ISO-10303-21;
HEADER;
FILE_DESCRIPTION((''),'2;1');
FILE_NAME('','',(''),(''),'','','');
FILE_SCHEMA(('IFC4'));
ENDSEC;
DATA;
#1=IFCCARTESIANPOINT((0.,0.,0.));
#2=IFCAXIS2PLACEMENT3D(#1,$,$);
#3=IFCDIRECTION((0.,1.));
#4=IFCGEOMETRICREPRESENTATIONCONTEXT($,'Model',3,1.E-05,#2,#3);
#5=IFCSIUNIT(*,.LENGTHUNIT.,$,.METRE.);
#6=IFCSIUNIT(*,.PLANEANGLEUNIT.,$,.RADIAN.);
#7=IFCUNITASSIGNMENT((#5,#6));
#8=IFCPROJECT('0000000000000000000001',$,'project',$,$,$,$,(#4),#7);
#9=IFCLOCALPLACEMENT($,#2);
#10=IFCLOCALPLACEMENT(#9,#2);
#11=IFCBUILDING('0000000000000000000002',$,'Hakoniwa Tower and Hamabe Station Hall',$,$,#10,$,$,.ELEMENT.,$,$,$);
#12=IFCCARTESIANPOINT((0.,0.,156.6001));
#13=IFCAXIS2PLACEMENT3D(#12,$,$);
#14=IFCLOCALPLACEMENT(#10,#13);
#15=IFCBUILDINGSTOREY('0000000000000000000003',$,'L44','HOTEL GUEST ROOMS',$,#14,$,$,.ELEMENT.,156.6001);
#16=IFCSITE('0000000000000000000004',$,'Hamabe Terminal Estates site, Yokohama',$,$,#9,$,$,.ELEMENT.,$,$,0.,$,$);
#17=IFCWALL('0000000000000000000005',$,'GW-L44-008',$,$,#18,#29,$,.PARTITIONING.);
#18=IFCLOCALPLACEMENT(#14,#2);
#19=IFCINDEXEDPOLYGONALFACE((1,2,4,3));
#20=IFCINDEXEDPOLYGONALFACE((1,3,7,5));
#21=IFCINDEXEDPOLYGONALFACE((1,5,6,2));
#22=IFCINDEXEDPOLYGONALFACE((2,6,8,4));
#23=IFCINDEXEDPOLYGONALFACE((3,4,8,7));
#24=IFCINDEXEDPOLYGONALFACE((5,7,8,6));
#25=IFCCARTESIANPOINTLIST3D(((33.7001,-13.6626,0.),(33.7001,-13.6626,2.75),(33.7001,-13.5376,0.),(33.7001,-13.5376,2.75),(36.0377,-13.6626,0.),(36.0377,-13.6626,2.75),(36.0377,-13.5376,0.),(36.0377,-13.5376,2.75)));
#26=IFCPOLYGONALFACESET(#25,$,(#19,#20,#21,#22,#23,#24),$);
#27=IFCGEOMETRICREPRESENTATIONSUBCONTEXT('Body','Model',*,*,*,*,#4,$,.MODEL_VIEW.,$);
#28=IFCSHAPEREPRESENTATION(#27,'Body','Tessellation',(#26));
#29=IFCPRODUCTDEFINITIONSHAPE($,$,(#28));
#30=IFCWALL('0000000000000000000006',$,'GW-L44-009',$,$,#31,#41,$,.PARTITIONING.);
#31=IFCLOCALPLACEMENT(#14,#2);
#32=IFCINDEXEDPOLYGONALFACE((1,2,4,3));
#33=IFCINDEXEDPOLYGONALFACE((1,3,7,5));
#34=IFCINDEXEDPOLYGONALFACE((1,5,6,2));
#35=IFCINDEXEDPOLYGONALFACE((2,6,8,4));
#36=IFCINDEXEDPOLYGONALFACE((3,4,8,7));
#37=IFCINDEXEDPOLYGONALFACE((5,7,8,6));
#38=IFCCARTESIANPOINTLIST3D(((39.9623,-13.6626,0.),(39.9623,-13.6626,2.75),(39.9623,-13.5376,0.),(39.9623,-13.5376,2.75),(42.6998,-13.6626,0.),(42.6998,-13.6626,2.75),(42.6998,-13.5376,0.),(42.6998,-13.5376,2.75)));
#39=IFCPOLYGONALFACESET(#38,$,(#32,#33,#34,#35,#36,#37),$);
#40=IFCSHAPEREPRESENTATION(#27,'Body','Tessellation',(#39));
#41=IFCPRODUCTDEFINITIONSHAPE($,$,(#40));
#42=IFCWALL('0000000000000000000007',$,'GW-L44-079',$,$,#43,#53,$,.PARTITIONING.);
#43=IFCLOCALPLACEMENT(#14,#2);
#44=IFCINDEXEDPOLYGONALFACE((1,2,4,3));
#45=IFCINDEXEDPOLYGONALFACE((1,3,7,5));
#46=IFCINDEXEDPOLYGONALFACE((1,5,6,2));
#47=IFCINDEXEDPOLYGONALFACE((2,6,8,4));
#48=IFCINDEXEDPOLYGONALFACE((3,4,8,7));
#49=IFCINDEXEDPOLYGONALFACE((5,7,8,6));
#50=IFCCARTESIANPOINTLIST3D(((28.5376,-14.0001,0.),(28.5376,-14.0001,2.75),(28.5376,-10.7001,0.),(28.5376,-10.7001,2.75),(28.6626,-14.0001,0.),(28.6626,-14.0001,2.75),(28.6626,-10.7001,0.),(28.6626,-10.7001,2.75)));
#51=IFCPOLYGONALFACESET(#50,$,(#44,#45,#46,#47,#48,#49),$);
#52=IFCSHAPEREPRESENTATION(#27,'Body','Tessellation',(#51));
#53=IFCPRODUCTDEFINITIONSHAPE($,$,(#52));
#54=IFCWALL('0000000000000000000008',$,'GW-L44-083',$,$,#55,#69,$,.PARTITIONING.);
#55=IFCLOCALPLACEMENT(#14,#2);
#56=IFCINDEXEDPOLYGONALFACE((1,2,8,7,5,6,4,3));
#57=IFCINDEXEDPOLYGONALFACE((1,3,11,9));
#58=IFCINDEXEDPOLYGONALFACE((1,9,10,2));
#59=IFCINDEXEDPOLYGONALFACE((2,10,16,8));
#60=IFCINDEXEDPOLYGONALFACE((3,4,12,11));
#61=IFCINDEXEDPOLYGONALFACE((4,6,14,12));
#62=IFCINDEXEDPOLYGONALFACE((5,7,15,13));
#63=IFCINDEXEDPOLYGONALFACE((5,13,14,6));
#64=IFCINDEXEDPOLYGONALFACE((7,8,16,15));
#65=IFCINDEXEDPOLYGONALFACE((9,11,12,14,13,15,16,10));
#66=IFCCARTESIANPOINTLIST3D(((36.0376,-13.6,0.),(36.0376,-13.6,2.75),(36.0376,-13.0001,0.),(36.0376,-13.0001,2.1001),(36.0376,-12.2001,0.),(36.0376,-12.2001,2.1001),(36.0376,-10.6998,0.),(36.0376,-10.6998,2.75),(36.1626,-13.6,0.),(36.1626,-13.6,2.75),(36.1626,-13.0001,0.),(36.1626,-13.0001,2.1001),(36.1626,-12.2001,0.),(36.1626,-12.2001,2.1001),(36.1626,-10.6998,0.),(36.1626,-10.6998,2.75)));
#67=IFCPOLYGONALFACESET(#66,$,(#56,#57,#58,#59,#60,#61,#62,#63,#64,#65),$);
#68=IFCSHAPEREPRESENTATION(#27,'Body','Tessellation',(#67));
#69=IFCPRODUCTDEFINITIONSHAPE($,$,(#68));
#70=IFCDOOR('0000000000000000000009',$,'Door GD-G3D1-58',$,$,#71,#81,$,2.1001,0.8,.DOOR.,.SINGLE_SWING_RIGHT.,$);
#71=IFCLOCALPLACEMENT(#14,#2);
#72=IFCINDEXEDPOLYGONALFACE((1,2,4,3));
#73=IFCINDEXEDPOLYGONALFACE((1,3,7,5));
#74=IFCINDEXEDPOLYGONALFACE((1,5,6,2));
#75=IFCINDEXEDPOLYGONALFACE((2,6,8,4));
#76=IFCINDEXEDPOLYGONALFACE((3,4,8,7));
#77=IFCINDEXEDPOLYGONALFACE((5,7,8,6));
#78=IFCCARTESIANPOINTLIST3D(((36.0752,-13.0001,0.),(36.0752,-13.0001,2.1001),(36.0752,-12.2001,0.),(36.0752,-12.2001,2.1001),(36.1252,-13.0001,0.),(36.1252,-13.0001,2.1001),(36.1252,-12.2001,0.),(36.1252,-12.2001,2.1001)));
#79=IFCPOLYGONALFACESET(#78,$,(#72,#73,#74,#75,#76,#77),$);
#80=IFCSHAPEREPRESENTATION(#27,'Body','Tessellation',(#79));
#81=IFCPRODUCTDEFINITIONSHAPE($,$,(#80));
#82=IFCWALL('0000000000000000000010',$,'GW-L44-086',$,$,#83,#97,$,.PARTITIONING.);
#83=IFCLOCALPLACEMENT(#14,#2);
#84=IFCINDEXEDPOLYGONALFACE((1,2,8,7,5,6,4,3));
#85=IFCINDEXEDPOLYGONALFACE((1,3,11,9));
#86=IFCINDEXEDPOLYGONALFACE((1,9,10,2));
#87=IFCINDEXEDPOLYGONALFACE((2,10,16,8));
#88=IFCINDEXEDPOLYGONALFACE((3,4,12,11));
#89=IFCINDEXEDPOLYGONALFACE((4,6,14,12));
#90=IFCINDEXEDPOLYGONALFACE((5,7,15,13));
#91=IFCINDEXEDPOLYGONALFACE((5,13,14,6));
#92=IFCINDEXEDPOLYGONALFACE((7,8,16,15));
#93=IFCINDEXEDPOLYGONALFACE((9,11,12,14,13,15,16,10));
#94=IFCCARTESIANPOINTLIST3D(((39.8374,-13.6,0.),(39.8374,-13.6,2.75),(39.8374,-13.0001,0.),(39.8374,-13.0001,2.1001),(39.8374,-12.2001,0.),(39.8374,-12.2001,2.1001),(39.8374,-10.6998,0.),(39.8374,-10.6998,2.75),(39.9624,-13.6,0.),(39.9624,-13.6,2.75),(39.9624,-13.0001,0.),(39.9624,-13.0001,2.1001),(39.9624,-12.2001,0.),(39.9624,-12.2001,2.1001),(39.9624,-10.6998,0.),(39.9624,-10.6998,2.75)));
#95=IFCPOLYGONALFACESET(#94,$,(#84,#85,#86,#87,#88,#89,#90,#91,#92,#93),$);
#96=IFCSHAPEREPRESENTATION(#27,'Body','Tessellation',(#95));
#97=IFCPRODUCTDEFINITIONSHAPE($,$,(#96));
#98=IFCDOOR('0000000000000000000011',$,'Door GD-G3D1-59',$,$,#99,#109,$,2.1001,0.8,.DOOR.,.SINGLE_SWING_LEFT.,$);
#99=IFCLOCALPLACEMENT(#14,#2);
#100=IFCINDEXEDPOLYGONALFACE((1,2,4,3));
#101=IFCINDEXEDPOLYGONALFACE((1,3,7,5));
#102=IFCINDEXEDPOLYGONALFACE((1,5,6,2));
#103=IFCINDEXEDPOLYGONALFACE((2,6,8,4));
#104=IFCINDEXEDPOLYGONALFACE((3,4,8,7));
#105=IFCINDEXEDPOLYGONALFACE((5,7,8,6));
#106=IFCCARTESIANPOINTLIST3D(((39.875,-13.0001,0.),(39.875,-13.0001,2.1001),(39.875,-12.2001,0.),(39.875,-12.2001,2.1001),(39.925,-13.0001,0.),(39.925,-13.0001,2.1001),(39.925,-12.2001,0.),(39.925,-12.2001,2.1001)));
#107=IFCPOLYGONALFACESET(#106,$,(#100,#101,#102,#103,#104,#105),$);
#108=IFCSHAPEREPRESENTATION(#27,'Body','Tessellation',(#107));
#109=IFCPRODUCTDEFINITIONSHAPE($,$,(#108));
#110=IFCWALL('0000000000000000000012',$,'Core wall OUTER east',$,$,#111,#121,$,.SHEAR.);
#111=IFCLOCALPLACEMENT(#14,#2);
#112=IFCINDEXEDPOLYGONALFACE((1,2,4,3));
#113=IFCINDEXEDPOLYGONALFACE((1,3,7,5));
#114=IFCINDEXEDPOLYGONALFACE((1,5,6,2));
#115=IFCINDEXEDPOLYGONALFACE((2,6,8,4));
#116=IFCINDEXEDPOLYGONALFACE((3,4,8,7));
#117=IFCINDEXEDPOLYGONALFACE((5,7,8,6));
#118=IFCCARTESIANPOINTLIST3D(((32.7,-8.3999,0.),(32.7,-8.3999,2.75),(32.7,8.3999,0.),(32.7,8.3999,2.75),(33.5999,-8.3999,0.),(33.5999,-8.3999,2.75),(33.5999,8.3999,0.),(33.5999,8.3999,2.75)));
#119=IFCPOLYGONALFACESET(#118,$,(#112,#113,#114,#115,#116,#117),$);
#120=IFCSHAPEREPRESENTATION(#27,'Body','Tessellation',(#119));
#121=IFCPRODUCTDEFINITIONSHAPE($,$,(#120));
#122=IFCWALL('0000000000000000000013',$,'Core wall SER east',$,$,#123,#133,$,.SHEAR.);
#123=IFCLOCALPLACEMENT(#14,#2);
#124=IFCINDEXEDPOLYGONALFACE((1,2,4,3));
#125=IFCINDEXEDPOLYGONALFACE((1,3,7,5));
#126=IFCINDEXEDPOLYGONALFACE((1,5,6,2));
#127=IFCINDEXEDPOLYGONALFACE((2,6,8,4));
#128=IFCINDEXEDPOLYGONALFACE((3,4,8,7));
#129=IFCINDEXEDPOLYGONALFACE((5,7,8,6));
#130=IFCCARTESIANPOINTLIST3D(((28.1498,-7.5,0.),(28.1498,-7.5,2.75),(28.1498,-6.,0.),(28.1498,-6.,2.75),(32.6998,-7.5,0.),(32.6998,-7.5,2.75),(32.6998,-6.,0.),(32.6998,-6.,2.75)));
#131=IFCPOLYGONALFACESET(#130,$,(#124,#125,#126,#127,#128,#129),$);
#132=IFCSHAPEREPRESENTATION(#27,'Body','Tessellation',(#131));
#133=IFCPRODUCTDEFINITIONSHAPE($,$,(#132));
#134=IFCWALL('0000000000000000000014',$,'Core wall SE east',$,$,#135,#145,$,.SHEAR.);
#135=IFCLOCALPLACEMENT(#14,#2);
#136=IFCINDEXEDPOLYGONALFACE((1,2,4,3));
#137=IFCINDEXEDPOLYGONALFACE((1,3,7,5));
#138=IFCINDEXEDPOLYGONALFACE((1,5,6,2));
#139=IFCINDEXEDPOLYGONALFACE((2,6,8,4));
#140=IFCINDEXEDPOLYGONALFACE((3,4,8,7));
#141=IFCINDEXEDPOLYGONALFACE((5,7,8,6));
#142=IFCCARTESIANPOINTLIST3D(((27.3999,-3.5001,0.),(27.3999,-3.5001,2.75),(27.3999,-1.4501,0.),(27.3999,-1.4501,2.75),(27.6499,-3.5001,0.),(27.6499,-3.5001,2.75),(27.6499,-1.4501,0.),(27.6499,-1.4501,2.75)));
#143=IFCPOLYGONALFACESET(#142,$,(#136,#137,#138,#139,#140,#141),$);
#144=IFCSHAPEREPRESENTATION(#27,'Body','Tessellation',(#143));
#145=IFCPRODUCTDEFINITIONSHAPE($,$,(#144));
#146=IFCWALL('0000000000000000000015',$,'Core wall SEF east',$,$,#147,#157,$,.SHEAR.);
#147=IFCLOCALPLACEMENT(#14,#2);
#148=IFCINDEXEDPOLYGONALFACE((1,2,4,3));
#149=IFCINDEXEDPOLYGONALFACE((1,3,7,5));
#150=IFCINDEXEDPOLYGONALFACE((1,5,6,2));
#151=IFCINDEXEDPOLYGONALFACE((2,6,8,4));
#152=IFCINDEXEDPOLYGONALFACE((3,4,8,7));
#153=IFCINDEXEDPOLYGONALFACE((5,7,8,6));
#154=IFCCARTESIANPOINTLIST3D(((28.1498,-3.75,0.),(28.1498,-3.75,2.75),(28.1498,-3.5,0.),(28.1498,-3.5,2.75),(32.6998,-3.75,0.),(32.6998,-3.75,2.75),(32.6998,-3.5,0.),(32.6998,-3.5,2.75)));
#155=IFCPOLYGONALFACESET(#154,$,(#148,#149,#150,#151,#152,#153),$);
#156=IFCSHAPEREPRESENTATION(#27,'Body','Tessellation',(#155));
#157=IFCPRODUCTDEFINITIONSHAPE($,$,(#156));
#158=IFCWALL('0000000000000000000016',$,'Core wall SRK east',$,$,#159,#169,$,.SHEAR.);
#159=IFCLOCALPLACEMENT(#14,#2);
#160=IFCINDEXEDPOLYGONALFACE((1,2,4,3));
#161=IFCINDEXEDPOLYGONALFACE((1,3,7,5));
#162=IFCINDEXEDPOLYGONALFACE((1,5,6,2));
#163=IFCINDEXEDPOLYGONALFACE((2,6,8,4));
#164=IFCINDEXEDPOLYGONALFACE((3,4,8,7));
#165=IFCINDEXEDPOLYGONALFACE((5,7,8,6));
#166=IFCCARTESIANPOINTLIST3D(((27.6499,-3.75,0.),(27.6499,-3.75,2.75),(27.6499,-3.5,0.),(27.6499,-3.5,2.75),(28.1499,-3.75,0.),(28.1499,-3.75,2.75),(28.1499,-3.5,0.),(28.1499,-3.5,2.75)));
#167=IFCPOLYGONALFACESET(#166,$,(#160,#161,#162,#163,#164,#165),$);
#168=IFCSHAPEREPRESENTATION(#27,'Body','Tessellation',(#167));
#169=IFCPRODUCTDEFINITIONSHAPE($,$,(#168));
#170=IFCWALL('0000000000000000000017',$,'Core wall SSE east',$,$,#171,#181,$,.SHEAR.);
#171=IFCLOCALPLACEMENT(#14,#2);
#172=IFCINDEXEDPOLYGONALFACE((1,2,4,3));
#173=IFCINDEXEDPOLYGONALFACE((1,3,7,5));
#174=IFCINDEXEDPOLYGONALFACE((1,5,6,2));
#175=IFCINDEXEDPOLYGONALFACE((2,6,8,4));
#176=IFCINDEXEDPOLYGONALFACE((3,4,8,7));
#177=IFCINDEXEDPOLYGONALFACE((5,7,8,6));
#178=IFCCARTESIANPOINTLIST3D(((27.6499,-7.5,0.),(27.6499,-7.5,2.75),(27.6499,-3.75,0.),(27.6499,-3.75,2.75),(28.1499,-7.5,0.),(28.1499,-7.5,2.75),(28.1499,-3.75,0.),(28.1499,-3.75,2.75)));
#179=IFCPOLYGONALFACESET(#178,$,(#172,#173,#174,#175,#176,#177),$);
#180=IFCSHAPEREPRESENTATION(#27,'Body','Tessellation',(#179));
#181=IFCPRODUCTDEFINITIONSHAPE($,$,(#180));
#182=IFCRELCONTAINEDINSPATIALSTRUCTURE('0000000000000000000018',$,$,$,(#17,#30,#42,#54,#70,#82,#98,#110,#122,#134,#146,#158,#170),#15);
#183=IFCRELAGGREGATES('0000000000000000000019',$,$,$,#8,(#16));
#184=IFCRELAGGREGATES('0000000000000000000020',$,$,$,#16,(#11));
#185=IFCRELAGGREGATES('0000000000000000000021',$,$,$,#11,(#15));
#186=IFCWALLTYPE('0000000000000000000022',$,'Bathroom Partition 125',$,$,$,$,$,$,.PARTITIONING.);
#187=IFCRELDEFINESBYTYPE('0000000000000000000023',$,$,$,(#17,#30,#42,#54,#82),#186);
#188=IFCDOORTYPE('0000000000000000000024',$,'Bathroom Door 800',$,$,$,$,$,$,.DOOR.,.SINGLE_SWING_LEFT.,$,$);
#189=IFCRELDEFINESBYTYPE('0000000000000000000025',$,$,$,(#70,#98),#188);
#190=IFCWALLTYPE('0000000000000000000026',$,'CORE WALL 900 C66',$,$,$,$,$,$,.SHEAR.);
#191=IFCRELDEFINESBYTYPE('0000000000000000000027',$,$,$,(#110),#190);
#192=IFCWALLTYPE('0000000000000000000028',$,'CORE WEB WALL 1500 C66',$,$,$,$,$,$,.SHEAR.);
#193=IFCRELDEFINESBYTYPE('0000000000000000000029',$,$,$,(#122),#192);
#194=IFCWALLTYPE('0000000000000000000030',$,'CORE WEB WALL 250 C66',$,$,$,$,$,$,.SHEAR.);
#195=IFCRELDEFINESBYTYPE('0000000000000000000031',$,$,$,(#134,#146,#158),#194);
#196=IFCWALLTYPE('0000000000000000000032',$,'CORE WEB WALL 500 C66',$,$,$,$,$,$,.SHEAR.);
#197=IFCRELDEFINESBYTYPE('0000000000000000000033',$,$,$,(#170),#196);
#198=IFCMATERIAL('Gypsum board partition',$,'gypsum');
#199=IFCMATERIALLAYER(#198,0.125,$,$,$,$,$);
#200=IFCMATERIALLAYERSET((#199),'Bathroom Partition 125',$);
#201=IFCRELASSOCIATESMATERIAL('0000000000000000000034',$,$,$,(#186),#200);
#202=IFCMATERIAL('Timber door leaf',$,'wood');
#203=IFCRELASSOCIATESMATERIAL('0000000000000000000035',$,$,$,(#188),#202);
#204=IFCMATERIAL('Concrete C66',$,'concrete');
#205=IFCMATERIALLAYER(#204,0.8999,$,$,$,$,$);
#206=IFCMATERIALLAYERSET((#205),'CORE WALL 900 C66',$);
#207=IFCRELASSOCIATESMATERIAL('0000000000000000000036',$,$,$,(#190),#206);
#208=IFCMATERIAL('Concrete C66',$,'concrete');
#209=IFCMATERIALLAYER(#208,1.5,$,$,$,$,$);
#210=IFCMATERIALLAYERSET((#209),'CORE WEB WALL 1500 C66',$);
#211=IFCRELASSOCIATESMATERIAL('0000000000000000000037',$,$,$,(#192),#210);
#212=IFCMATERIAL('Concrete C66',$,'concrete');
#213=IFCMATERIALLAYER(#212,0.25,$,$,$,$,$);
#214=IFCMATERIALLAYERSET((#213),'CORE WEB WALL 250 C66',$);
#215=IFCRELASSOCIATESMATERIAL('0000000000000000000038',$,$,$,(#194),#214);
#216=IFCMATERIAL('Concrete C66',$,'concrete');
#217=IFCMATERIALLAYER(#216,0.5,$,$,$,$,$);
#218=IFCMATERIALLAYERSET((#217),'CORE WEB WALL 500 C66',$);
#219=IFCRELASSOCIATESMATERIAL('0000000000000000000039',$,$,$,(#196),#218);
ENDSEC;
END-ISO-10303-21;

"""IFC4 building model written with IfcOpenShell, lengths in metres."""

from ifc_helpers import new_model, si_unit, direction, frame, frame_2d, origin, place, context, subcontext, project, spatial, rectangle, extrude, material, layer, layer_set, type_object, element, fill, save


model = new_model("IFC4")

# Units and contexts
model_context = context("Model", 3, precision=1e-05, world=origin(), true_north=direction((0.0, 1.0)))
body_context = subcontext(model_context, "Body", "Model", "MODEL_VIEW")
ifc_project = project(units=[si_unit("LENGTHUNIT", "METRE"), si_unit("PLANEANGLEUNIT", "RADIAN")], contexts=[model_context])

# Site, building, storey
site_placement = place(None, origin())
site = spatial("IfcSite", under=ifc_project, at=site_placement, Name="Hamabe Terminal Estates site, Yokohama", CompositionType="ELEMENT", RefElevation=0.0)
building_placement = place(site_placement, origin())
building = spatial("IfcBuilding", under=site, at=building_placement, Name="Hakoniwa Tower and Hamabe Station Hall", CompositionType="ELEMENT")
storey_placement = place(building_placement, frame((0.0, 0.0, 156.6001)))
storey = spatial("IfcBuildingStorey", under=building, at=storey_placement, Name="L44", Description="HOTEL GUEST ROOMS", CompositionType="ELEMENT", Elevation=156.6001)

# Shared definitions
ifc_material_1 = material(Name="Gypsum board partition", Category="gypsum")
ifc_layer_1 = layer(ifc_material_1, 0.125)
ifc_layer_set_1 = layer_set([ifc_layer_1], Name="Bathroom Partition 125")
wall_type_1 = type_object("IfcWallType", Name="Bathroom Partition 125", PredefinedType="PARTITIONING", material=ifc_layer_set_1)
ifc_material_2 = material(Name="Timber door leaf", Category="wood")
door_type_1 = type_object("IfcDoorType", Name="Bathroom Door 800", OperationType="SINGLE_SWING_LEFT", PredefinedType="DOOR", material=ifc_material_2)

# Walls
wall_1_placement = place(storey_placement, frame((33.7, -13.6001, 0.0), z_axis=(0.0, 0.0, 1.0), x_axis=(1.0, 0.0, 0.0)))
element("IfcWall", 1, at=wall_1_placement, inside=storey, type_object=wall_type_1, Name="GW-L44-008", PredefinedType="PARTITIONING", context=body_context, shape_type="SweptSolid", body=[
    extrude(rectangle(XDim=2.3376, YDim=0.125, at=frame_2d((1.1689, 0.0))), origin(), (0.0, 0.0, 1.0), 2.75),
])
wall_2_placement = place(storey_placement, frame((39.9624, -13.6001, 0.0), z_axis=(0.0, 0.0, 1.0), x_axis=(1.0, 0.0, 0.0)))
element("IfcWall", 2, at=wall_2_placement, inside=storey, type_object=wall_type_1, Name="GW-L44-009", PredefinedType="PARTITIONING", context=body_context, shape_type="SweptSolid", body=[
    extrude(rectangle(XDim=2.7375, YDim=0.125, at=frame_2d((1.3687, 0.0))), origin(), (0.0, 0.0, 1.0), 2.75),
])
wall_3_placement = place(storey_placement, frame((28.6001, -14.0, 0.0), z_axis=(0.0, 0.0, 1.0), x_axis=(0.0, 1.0, 0.0)))
element("IfcWall", 3, at=wall_3_placement, inside=storey, type_object=wall_type_1, Name="GW-L44-079", PredefinedType="PARTITIONING", context=body_context, shape_type="SweptSolid", body=[
    extrude(rectangle(XDim=3.3, YDim=0.125, at=frame_2d((1.6499, 0.0))), origin(), (0.0, 0.0, 1.0), 2.75),
])

# Walls, openings, doors
wall_4_placement = place(storey_placement, frame((36.1001, -13.6001, 0.0), z_axis=(0.0, 0.0, 1.0), x_axis=(0.0, 1.0, 0.0)))
wall_4 = element("IfcWall", 4, at=wall_4_placement, inside=storey, type_object=wall_type_1, Name="GW-L44-083", PredefinedType="PARTITIONING", context=body_context, shape_type="SweptSolid", body=[
    extrude(rectangle(XDim=2.9001, YDim=0.125, at=frame_2d((1.4502, 0.0))), origin(), (0.0, 0.0, 1.0), 2.75),
])
opening_1_placement = place(wall_4_placement, frame((0.6001, 0.0, 0.0)))
opening_1 = element("IfcOpeningElement", 5, at=opening_1_placement, cuts=wall_4, PredefinedType="OPENING", context=body_context, shape_type="SweptSolid", body=[
    extrude(rectangle(XDim=0.8, YDim=2.1001, at=frame_2d((0.3999, 1.05))), frame((0.0, 0.0725, 0.0), z_axis=(0.0, -1.0, 0.0), x_axis=(1.0, 0.0, 0.0)), (0.0, 0.0, 1.0), 0.145),
])
door_1_placement = place(opening_1_placement, origin())
door_1 = element("IfcDoor", 6, at=door_1_placement, inside=storey, type_object=door_type_1, Name="Door GD-G3D1-58", OperationType="SINGLE_SWING_RIGHT", OverallHeight=2.1001, OverallWidth=0.8, PredefinedType="DOOR", context=body_context, shape_type="SweptSolid", body=[
    extrude(rectangle(XDim=0.8, YDim=2.1001, at=frame_2d((0.3999, 1.05))), frame((0.0, 0.0249, 0.0), z_axis=(0.0, -1.0, 0.0), x_axis=(1.0, 0.0, 0.0)), (0.0, 0.0, 1.0), 0.05),
])
fill(opening_1, door_1)
wall_5_placement = place(storey_placement, frame((39.8999, -13.6001, 0.0), z_axis=(0.0, 0.0, 1.0), x_axis=(0.0, 1.0, 0.0)))
wall_5 = element("IfcWall", 7, at=wall_5_placement, inside=storey, type_object=wall_type_1, Name="GW-L44-086", PredefinedType="PARTITIONING", context=body_context, shape_type="SweptSolid", body=[
    extrude(rectangle(XDim=2.9001, YDim=0.125, at=frame_2d((1.4502, 0.0))), origin(), (0.0, 0.0, 1.0), 2.75),
])
opening_2_placement = place(wall_5_placement, frame((0.6001, 0.0, 0.0)))
opening_2 = element("IfcOpeningElement", 8, at=opening_2_placement, cuts=wall_5, PredefinedType="OPENING", context=body_context, shape_type="SweptSolid", body=[
    extrude(rectangle(XDim=0.8, YDim=2.1001, at=frame_2d((0.3999, 1.05))), frame((0.0, 0.0725, 0.0), z_axis=(0.0, -1.0, 0.0), x_axis=(1.0, 0.0, 0.0)), (0.0, 0.0, 1.0), 0.145),
])
door_2_placement = place(opening_2_placement, origin())
door_2 = element("IfcDoor", 9, at=door_2_placement, inside=storey, type_object=door_type_1, Name="Door GD-G3D1-59", OperationType="SINGLE_SWING_LEFT", OverallHeight=2.1001, OverallWidth=0.8, PredefinedType="DOOR", context=body_context, shape_type="SweptSolid", body=[
    extrude(rectangle(XDim=0.8, YDim=2.1001, at=frame_2d((0.3999, 1.05))), frame((0.0, 0.0249, 0.0), z_axis=(0.0, -1.0, 0.0), x_axis=(1.0, 0.0, 0.0)), (0.0, 0.0, 1.0), 0.05),
])
fill(opening_2, door_2)

# Walls
ifc_material_3 = material(Name="Concrete C66", Category="concrete")
ifc_layer_2 = layer(ifc_material_3, 0.8999)
ifc_layer_set_2 = layer_set([ifc_layer_2], Name="CORE WALL 900 C66")
wall_type_2 = type_object("IfcWallType", Name="CORE WALL 900 C66", PredefinedType="SHEAR", material=ifc_layer_set_2)
wall_6_placement = place(storey_placement, frame((33.1499, -8.3999, 0.0), z_axis=(0.0, 0.0, 1.0), x_axis=(0.0, 1.0, 0.0)))
element("IfcWall", 10, at=wall_6_placement, inside=storey, type_object=wall_type_2, Name="Core wall OUTER east", PredefinedType="SHEAR", context=body_context, shape_type="SweptSolid", body=[
    extrude(rectangle(XDim=16.7998, YDim=0.8999, at=frame_2d((8.3999, 0.0))), origin(), (0.0, 0.0, 1.0), 2.75),
])
ifc_material_4 = material(Name="Concrete C66", Category="concrete")
ifc_layer_3 = layer(ifc_material_4, 1.5)
ifc_layer_set_3 = layer_set([ifc_layer_3], Name="CORE WEB WALL 1500 C66")
wall_type_3 = type_object("IfcWallType", Name="CORE WEB WALL 1500 C66", PredefinedType="SHEAR", material=ifc_layer_set_3)
wall_7_placement = place(storey_placement, frame((28.1499, -6.75, 0.0), z_axis=(0.0, 0.0, 1.0), x_axis=(1.0, 0.0, 0.0)))
element("IfcWall", 11, at=wall_7_placement, inside=storey, type_object=wall_type_3, Name="Core wall SER east", PredefinedType="SHEAR", context=body_context, shape_type="SweptSolid", body=[
    extrude(rectangle(XDim=4.55, YDim=1.5, at=frame_2d((2.2749, 0.0))), origin(), (0.0, 0.0, 1.0), 2.75),
])
ifc_material_5 = material(Name="Concrete C66", Category="concrete")
ifc_layer_4 = layer(ifc_material_5, 0.25)
ifc_layer_set_4 = layer_set([ifc_layer_4], Name="CORE WEB WALL 250 C66")
wall_type_4 = type_object("IfcWallType", Name="CORE WEB WALL 250 C66", PredefinedType="SHEAR", material=ifc_layer_set_4)
wall_8_placement = place(storey_placement, frame((27.5249, -3.5, 0.0), z_axis=(0.0, 0.0, 1.0), x_axis=(0.0, 1.0, 0.0)))
element("IfcWall", 12, at=wall_8_placement, inside=storey, type_object=wall_type_4, Name="Core wall SE east", PredefinedType="SHEAR", context=body_context, shape_type="SweptSolid", body=[
    extrude(rectangle(XDim=2.05, YDim=0.25, at=frame_2d((1.0249, 0.0))), origin(), (0.0, 0.0, 1.0), 2.75),
])
wall_9_placement = place(storey_placement, frame((28.1499, -3.625, 0.0), z_axis=(0.0, 0.0, 1.0), x_axis=(1.0, 0.0, 0.0)))
element("IfcWall", 13, at=wall_9_placement, inside=storey, type_object=wall_type_4, Name="Core wall SEF east", PredefinedType="SHEAR", context=body_context, shape_type="SweptSolid", body=[
    extrude(rectangle(XDim=4.55, YDim=0.25, at=frame_2d((2.2749, 0.0))), origin(), (0.0, 0.0, 1.0), 2.75),
])
wall_10_placement = place(storey_placement, frame((27.6499, -3.625, 0.0), z_axis=(0.0, 0.0, 1.0), x_axis=(1.0, 0.0, 0.0)))
element("IfcWall", 14, at=wall_10_placement, inside=storey, type_object=wall_type_4, Name="Core wall SRK east", PredefinedType="SHEAR", context=body_context, shape_type="SweptSolid", body=[
    extrude(rectangle(XDim=0.5, YDim=0.25, at=frame_2d((0.25, 0.0))), origin(), (0.0, 0.0, 1.0), 2.75),
])
ifc_material_6 = material(Name="Concrete C66", Category="concrete")
ifc_layer_5 = layer(ifc_material_6, 0.5)
ifc_layer_set_5 = layer_set([ifc_layer_5], Name="CORE WEB WALL 500 C66")
wall_type_5 = type_object("IfcWallType", Name="CORE WEB WALL 500 C66", PredefinedType="SHEAR", material=ifc_layer_set_5)
wall_11_placement = place(storey_placement, frame((27.8999, -7.5, 0.0), z_axis=(0.0, 0.0, 1.0), x_axis=(0.0, 1.0, 0.0)))
element("IfcWall", 15, at=wall_11_placement, inside=storey, type_object=wall_type_5, Name="Core wall SSE east", PredefinedType="SHEAR", context=body_context, shape_type="SweptSolid", body=[
    extrude(rectangle(XDim=3.75, YDim=0.5, at=frame_2d((1.875, 0.0))), origin(), (0.0, 0.0, 1.0), 2.75),
])

save(model, "model.ifc")
